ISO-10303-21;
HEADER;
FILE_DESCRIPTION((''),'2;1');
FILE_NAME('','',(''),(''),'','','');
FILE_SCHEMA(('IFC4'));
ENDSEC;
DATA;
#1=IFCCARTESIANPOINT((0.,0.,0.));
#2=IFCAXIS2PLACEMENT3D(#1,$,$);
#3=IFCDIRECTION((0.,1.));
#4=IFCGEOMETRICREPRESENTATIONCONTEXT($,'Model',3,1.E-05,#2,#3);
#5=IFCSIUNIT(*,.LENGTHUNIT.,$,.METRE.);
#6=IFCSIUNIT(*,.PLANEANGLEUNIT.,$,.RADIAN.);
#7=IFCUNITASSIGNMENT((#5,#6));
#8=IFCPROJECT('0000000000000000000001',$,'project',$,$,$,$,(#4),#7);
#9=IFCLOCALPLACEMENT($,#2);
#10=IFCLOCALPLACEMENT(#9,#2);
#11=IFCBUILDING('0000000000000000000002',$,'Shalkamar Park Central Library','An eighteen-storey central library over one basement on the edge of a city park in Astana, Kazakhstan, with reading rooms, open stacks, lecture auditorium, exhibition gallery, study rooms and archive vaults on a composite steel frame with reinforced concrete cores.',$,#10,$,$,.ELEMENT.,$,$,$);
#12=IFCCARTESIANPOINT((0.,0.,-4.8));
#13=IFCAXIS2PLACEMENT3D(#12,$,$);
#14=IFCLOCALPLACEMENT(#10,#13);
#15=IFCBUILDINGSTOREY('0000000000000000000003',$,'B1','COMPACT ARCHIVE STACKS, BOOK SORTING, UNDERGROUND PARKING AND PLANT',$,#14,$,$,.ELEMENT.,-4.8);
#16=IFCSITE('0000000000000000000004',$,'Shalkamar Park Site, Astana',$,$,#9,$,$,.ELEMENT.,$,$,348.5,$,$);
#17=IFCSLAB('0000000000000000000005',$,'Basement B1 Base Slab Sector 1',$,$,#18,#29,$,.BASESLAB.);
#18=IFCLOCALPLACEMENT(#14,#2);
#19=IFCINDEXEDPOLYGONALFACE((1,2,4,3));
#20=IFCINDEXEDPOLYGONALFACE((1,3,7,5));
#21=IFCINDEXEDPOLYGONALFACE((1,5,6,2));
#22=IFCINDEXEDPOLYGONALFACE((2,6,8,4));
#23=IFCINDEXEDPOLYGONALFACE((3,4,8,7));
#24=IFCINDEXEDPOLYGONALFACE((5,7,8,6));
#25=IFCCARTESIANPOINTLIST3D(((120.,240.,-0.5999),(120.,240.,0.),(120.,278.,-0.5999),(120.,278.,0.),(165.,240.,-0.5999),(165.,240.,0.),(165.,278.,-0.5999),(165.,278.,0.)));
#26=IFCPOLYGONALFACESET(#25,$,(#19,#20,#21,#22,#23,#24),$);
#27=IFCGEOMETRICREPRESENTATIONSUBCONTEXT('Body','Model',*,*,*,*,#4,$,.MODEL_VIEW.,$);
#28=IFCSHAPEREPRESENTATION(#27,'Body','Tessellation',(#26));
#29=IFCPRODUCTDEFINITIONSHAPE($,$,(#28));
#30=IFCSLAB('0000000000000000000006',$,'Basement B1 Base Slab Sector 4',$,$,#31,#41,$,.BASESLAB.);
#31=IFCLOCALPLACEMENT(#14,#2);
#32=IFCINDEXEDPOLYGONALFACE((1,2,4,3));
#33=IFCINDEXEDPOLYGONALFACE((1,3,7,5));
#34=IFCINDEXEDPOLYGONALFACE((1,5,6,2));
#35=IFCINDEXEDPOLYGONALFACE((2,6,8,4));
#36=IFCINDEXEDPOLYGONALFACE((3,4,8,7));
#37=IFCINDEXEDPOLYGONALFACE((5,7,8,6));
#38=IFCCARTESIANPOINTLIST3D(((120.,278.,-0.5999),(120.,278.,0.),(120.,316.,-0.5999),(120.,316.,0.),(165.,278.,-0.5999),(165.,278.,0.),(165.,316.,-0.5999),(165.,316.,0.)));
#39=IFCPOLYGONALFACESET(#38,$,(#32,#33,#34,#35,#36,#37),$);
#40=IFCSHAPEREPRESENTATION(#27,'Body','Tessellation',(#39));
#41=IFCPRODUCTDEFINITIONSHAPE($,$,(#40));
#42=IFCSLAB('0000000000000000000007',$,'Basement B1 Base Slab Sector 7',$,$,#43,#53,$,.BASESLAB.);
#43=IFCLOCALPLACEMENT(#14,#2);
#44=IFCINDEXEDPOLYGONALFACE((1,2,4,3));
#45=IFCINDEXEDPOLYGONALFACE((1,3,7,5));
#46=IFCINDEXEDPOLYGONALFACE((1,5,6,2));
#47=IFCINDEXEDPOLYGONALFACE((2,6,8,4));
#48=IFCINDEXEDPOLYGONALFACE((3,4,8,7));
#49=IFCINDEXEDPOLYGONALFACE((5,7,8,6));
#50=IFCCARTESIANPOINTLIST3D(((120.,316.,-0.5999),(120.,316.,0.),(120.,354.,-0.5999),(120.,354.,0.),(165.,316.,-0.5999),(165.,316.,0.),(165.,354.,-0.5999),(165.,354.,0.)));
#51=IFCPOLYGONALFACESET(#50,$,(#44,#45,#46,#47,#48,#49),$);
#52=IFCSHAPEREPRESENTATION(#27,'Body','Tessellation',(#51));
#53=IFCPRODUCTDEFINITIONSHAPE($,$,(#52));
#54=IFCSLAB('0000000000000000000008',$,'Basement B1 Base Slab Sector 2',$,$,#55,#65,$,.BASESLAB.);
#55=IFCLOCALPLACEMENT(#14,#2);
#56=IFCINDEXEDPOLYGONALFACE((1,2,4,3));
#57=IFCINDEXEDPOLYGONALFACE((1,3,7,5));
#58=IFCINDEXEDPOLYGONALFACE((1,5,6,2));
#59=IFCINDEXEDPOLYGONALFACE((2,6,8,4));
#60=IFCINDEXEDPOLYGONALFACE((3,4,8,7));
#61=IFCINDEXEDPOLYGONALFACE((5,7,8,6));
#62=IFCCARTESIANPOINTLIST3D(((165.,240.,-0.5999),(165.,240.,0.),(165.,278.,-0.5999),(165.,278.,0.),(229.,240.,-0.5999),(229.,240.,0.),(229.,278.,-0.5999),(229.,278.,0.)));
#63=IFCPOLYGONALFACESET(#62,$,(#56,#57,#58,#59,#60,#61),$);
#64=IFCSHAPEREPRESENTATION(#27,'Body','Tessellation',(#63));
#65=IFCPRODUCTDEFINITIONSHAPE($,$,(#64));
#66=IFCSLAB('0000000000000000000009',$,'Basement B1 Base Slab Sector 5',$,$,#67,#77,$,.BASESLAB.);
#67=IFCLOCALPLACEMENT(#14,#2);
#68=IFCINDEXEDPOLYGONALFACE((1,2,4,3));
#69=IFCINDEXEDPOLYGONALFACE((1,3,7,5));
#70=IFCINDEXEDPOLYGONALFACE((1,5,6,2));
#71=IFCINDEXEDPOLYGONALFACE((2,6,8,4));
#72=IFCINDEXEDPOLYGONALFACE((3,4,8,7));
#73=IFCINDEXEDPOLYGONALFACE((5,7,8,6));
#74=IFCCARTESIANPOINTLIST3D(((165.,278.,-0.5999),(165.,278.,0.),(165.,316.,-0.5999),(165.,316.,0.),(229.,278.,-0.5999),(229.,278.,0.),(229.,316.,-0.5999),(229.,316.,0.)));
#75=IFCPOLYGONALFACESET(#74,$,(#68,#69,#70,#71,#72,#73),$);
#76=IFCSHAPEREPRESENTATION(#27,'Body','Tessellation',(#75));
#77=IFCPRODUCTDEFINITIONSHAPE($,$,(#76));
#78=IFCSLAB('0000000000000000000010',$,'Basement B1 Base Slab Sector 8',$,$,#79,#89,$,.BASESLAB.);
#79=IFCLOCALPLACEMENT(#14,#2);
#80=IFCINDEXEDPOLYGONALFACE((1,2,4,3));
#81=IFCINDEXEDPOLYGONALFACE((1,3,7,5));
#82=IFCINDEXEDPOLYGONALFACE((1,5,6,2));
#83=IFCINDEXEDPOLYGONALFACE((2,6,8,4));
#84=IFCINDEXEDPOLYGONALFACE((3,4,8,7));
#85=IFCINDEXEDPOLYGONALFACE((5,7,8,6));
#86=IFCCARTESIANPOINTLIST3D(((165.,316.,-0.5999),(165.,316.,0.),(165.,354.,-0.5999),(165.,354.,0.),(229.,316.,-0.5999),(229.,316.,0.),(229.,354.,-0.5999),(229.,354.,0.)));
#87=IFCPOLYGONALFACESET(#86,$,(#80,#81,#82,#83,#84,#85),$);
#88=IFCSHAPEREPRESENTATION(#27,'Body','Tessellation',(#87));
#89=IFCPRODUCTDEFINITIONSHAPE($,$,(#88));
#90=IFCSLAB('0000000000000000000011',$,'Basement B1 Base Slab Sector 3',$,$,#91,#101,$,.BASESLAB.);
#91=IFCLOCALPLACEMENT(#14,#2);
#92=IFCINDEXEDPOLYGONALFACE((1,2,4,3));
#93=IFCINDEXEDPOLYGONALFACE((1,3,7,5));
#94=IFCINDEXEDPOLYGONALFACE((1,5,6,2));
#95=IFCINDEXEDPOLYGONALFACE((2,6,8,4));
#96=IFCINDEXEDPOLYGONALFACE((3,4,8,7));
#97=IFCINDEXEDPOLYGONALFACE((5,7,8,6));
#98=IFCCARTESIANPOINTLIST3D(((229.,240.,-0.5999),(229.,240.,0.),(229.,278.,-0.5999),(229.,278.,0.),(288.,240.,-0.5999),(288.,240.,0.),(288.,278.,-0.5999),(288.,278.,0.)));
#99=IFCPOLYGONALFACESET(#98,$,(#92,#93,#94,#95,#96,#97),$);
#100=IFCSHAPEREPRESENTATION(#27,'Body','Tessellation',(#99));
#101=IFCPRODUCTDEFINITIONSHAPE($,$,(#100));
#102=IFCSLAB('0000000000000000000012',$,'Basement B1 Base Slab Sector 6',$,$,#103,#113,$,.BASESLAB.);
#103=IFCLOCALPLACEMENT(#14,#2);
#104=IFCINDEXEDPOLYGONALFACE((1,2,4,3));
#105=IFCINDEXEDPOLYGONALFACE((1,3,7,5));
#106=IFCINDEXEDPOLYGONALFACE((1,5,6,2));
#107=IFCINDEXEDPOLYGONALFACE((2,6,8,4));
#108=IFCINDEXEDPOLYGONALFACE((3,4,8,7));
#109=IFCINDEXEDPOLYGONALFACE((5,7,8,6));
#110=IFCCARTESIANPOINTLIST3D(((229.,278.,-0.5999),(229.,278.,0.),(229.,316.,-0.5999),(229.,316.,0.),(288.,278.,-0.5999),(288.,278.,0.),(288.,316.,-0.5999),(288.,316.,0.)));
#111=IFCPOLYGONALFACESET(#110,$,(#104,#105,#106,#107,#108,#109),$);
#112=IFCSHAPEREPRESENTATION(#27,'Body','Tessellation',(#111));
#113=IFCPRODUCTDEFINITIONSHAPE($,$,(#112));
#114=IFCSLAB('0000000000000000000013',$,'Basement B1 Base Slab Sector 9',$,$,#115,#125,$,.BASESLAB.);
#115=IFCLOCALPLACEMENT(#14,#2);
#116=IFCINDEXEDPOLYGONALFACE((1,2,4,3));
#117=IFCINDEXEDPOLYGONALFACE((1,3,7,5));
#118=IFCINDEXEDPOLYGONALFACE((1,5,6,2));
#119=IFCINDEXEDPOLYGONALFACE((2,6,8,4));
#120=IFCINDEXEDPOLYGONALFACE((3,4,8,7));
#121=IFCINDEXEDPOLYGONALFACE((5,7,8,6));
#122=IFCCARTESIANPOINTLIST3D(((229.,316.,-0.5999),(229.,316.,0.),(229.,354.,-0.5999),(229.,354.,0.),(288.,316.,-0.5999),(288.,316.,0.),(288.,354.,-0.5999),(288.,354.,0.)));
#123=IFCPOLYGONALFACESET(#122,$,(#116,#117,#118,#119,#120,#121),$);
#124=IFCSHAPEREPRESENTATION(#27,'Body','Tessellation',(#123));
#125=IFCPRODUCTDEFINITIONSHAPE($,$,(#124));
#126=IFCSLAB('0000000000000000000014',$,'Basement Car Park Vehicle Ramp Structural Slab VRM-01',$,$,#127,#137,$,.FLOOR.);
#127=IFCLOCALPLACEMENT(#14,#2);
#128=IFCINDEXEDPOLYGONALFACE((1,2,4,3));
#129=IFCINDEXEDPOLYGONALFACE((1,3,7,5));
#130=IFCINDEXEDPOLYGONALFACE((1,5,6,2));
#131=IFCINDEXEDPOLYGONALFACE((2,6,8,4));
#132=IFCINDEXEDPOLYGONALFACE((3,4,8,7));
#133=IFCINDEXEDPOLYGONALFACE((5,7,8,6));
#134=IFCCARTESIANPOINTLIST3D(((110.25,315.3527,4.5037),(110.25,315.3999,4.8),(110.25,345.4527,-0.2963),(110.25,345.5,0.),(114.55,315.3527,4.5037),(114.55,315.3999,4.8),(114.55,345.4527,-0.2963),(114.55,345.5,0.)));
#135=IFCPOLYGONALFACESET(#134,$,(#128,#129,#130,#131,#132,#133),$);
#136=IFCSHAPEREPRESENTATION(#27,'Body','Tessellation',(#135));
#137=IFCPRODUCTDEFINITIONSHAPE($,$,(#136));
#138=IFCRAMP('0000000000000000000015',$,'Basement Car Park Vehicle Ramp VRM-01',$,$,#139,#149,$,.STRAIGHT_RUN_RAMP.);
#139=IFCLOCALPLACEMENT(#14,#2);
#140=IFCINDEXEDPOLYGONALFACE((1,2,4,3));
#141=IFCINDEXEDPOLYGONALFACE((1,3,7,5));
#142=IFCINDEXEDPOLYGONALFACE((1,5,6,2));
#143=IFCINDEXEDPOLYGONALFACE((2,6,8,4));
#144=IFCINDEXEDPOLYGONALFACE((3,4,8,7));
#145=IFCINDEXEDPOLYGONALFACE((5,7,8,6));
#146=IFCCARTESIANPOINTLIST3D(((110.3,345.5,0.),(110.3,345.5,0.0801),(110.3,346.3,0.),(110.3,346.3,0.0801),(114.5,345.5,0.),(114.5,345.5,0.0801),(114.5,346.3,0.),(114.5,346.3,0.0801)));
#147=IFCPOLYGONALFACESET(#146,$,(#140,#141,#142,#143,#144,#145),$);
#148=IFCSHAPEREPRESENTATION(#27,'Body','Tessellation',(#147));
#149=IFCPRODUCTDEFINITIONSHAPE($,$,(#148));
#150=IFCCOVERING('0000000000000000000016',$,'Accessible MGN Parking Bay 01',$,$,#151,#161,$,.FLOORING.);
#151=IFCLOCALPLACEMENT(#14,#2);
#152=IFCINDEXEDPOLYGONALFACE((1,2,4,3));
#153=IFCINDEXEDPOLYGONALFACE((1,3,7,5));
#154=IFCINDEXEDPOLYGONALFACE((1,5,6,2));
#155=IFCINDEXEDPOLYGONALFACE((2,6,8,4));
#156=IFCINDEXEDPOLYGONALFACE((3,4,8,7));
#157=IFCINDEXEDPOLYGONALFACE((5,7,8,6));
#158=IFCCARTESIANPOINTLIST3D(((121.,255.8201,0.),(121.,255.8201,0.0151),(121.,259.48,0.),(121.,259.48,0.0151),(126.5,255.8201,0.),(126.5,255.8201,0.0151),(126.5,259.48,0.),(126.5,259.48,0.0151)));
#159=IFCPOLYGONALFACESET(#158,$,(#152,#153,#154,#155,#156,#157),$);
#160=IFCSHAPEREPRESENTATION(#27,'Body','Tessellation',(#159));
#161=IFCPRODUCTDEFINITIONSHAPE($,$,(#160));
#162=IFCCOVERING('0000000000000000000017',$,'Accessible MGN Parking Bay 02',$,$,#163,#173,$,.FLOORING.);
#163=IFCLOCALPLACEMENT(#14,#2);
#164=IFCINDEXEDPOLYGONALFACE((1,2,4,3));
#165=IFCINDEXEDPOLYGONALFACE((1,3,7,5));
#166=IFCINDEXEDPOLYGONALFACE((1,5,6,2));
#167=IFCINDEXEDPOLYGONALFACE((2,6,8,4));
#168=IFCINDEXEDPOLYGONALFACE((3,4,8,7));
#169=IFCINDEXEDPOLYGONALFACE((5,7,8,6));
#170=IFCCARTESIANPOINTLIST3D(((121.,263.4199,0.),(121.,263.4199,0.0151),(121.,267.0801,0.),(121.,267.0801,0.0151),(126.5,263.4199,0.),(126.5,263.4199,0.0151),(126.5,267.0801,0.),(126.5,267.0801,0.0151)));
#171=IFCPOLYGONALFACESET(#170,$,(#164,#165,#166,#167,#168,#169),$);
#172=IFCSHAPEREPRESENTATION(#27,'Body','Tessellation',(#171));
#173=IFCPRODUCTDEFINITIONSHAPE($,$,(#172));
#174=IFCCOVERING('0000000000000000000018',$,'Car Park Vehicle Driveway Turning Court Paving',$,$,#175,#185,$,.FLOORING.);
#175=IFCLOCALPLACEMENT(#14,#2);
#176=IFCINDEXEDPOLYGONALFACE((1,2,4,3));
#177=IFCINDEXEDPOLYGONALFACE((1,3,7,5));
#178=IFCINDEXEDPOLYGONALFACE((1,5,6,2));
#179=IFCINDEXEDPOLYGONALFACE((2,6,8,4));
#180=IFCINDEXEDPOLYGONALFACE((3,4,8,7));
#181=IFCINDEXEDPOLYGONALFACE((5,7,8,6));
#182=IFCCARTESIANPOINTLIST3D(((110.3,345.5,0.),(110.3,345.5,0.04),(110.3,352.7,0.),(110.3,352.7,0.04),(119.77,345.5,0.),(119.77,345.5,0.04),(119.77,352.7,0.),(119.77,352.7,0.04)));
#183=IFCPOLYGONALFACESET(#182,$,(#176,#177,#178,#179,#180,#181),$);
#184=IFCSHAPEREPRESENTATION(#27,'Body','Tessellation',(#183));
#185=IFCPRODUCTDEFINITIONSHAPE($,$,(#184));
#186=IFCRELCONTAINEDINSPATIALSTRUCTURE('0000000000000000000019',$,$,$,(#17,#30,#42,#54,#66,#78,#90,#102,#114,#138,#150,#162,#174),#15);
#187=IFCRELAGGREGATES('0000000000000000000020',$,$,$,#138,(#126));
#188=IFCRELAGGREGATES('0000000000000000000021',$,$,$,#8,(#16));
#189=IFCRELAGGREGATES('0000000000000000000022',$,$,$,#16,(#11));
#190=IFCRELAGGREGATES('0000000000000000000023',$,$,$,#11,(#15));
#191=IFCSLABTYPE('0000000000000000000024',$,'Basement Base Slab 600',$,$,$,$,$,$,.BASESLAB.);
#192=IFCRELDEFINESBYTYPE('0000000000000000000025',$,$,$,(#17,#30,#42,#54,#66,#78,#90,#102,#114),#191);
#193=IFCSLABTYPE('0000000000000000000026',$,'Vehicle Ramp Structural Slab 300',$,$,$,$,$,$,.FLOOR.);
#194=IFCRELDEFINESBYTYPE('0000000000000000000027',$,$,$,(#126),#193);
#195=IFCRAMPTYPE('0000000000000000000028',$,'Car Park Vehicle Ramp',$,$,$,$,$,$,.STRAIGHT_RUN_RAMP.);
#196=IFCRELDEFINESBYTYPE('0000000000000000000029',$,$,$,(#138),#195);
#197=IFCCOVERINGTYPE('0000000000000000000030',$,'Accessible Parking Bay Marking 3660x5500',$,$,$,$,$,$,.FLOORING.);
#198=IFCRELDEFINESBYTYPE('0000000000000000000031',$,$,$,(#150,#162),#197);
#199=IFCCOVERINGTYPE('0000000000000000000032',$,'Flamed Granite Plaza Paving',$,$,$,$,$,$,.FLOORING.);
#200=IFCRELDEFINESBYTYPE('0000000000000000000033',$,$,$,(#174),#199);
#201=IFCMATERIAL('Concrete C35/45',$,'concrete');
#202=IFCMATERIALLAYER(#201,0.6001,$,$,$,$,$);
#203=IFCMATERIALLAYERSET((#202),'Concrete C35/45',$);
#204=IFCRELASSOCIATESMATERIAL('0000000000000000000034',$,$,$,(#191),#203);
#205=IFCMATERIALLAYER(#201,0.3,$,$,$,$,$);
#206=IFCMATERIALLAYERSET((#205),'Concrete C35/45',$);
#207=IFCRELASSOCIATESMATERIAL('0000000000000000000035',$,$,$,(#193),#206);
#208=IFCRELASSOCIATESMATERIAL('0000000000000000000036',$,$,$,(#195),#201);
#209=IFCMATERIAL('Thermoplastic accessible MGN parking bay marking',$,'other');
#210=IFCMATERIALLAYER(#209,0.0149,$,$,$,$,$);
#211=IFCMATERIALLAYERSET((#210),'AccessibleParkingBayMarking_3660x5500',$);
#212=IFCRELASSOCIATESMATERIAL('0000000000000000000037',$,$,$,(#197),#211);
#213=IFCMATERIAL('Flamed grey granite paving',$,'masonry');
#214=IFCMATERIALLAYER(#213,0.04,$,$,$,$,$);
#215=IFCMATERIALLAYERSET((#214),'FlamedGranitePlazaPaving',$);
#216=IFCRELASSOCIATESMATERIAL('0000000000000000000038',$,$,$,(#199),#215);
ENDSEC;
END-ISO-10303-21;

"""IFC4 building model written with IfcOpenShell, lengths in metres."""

from ifc_helpers import new_model, si_unit, direction, frame, origin, place, context, subcontext, project, spatial, polyline, outline, extrude, material, layer, layer_set, type_object, element, aggregate, save


model = new_model("IFC4")

# Units and contexts
model_context = context("Model", 3, precision=1e-05, world=origin(), true_north=direction((0.0, 1.0)))
body_context = subcontext(model_context, "Body", "Model", "MODEL_VIEW")
ifc_project = project(units=[si_unit("LENGTHUNIT", "METRE"), si_unit("PLANEANGLEUNIT", "RADIAN")], contexts=[model_context])

# Site, building, storey
site_placement = place(None, origin())
site = spatial("IfcSite", under=ifc_project, at=site_placement, Name="Shalkamar Park Site, Astana", CompositionType="ELEMENT", RefElevation=348.5)
building_placement = place(site_placement, origin())
building = spatial("IfcBuilding", under=site, at=building_placement, Name="Shalkamar Park Central Library", Description="An eighteen-storey central library over one basement on the edge of a city park in Astana, Kazakhstan, with reading rooms, open stacks, lecture auditorium, exhibition gallery, study rooms and archive vaults on a composite steel frame with reinforced concrete cores.", CompositionType="ELEMENT")
storey_placement = place(building_placement, frame((0.0, 0.0, -4.8)))
storey = spatial("IfcBuildingStorey", under=building, at=storey_placement, Name="B1", Description="COMPACT ARCHIVE STACKS, BOOK SORTING, UNDERGROUND PARKING AND PLANT", CompositionType="ELEMENT", Elevation=-4.8)

# Slabs
ifc_material_1 = material(Name="Concrete C35/45", Category="concrete")
ifc_layer_1 = layer(ifc_material_1, 0.6001)
ifc_layer_set_1 = layer_set([ifc_layer_1], Name="Concrete C35/45")
slab_type_1 = type_object("IfcSlabType", Name="Basement Base Slab 600", PredefinedType="BASESLAB", material=ifc_layer_set_1)
slab_1_placement = place(storey_placement, frame((0.0, 0.0, -0.5999)))
element("IfcSlab", 1, at=slab_1_placement, inside=storey, type_object=slab_type_1, Name="Basement B1 Base Slab Sector 1", PredefinedType="BASESLAB", context=body_context, shape_type="SweptSolid", body=[
    extrude(outline(polyline([(120.0, 240.0), (165.0, 240.0), (165.0, 278.0), (120.0, 278.0), (120.0, 240.0)])), origin(), (0.0, 0.0, 1.0), 0.5999),
])
slab_2_placement = place(storey_placement, frame((0.0, 0.0, -0.5999)))
element("IfcSlab", 2, at=slab_2_placement, inside=storey, type_object=slab_type_1, Name="Basement B1 Base Slab Sector 4", PredefinedType="BASESLAB", context=body_context, shape_type="SweptSolid", body=[
    extrude(outline(polyline([(120.0, 278.0), (165.0, 278.0), (165.0, 316.0), (120.0, 316.0), (120.0, 278.0)])), origin(), (0.0, 0.0, 1.0), 0.5999),
])
slab_3_placement = place(storey_placement, frame((0.0, 0.0, -0.5999)))
element("IfcSlab", 3, at=slab_3_placement, inside=storey, type_object=slab_type_1, Name="Basement B1 Base Slab Sector 7", PredefinedType="BASESLAB", context=body_context, shape_type="SweptSolid", body=[
    extrude(outline(polyline([(120.0, 316.0), (165.0, 316.0), (165.0, 354.0), (120.0, 354.0), (120.0, 316.0)])), origin(), (0.0, 0.0, 1.0), 0.5999),
])
slab_4_placement = place(storey_placement, frame((0.0, 0.0, -0.5999)))
element("IfcSlab", 4, at=slab_4_placement, inside=storey, type_object=slab_type_1, Name="Basement B1 Base Slab Sector 2", PredefinedType="BASESLAB", context=body_context, shape_type="SweptSolid", body=[
    extrude(outline(polyline([(165.0, 240.0), (229.0, 240.0), (229.0, 278.0), (165.0, 278.0), (165.0, 240.0)])), origin(), (0.0, 0.0, 1.0), 0.5999),
])
slab_5_placement = place(storey_placement, frame((0.0, 0.0, -0.5999)))
element("IfcSlab", 5, at=slab_5_placement, inside=storey, type_object=slab_type_1, Name="Basement B1 Base Slab Sector 5", PredefinedType="BASESLAB", context=body_context, shape_type="SweptSolid", body=[
    extrude(outline(polyline([(165.0, 278.0), (229.0, 278.0), (229.0, 316.0), (165.0, 316.0), (165.0, 278.0)])), origin(), (0.0, 0.0, 1.0), 0.5999),
])
slab_6_placement = place(storey_placement, frame((0.0, 0.0, -0.5999)))
element("IfcSlab", 6, at=slab_6_placement, inside=storey, type_object=slab_type_1, Name="Basement B1 Base Slab Sector 8", PredefinedType="BASESLAB", context=body_context, shape_type="SweptSolid", body=[
    extrude(outline(polyline([(165.0, 316.0), (229.0, 316.0), (229.0, 354.0), (165.0, 354.0), (165.0, 316.0)])), origin(), (0.0, 0.0, 1.0), 0.5999),
])
slab_7_placement = place(storey_placement, frame((0.0, 0.0, -0.5999)))
element("IfcSlab", 7, at=slab_7_placement, inside=storey, type_object=slab_type_1, Name="Basement B1 Base Slab Sector 3", PredefinedType="BASESLAB", context=body_context, shape_type="SweptSolid", body=[
    extrude(outline(polyline([(229.0, 240.0), (288.0, 240.0), (288.0, 278.0), (229.0, 278.0), (229.0, 240.0)])), origin(), (0.0, 0.0, 1.0), 0.5999),
])
slab_8_placement = place(storey_placement, frame((0.0, 0.0, -0.5999)))
element("IfcSlab", 8, at=slab_8_placement, inside=storey, type_object=slab_type_1, Name="Basement B1 Base Slab Sector 6", PredefinedType="BASESLAB", context=body_context, shape_type="SweptSolid", body=[
    extrude(outline(polyline([(229.0, 278.0), (288.0, 278.0), (288.0, 316.0), (229.0, 316.0), (229.0, 278.0)])), origin(), (0.0, 0.0, 1.0), 0.5999),
])
slab_9_placement = place(storey_placement, frame((0.0, 0.0, -0.5999)))
element("IfcSlab", 9, at=slab_9_placement, inside=storey, type_object=slab_type_1, Name="Basement B1 Base Slab Sector 9", PredefinedType="BASESLAB", context=body_context, shape_type="SweptSolid", body=[
    extrude(outline(polyline([(229.0, 316.0), (288.0, 316.0), (288.0, 354.0), (229.0, 354.0), (229.0, 316.0)])), origin(), (0.0, 0.0, 1.0), 0.5999),
])

# Slab
ifc_layer_2 = layer(ifc_material_1, 0.3)
ifc_layer_set_2 = layer_set([ifc_layer_2], Name="Concrete C35/45")
slab_type_2 = type_object("IfcSlabType", Name="Vehicle Ramp Structural Slab 300", PredefinedType="FLOOR", material=ifc_layer_set_2)
slab_10_placement = place(storey_placement, frame((110.25, 345.5, 0.0), z_axis=(0.0, 0.15748, 0.987522), x_axis=(1.0, 0.0, 0.0)))
slab_10 = element("IfcSlab", 10, at=slab_10_placement, type_object=slab_type_2, Name="Basement Car Park Vehicle Ramp Structural Slab VRM-01", PredefinedType="FLOOR", context=body_context, shape_type="SweptSolid", body=[
    extrude(outline(polyline([(0.0, 0.0), (4.3, 0.0), (4.3, -30.4804), (0.0, -30.4804), (0.0, 0.0)])), origin(), (0.0, 0.0, -1.0), 0.3),
])

# Ramp
ramp_type = type_object("IfcRampType", Name="Car Park Vehicle Ramp", PredefinedType="STRAIGHT_RUN_RAMP", material=ifc_material_1)
ramp_placement = place(storey_placement, origin())
ramp = element("IfcRamp", 11, at=ramp_placement, inside=storey, type_object=ramp_type, Name="Basement Car Park Vehicle Ramp VRM-01", PredefinedType="STRAIGHT_RUN_RAMP", context=body_context, shape_type="SweptSolid", body=[
    extrude(outline(polyline([(110.3, 345.5), (114.5, 345.5), (114.5, 346.3), (110.3, 346.3), (110.3, 345.5)])), origin(), (0.0, 0.0, 1.0), 0.0801),
])
aggregate(ramp, [slab_10])

# Coverings
ifc_material_2 = material(Name="Thermoplastic accessible MGN parking bay marking", Category="other")
ifc_layer_3 = layer(ifc_material_2, 0.0149)
ifc_layer_set_3 = layer_set([ifc_layer_3], Name="AccessibleParkingBayMarking_3660x5500")
covering_type_1 = type_object("IfcCoveringType", Name="Accessible Parking Bay Marking 3660x5500", PredefinedType="FLOORING", material=ifc_layer_set_3)
covering_1_placement = place(storey_placement, origin())
element("IfcCovering", 12, at=covering_1_placement, inside=storey, type_object=covering_type_1, Name="Accessible MGN Parking Bay 01", PredefinedType="FLOORING", context=body_context, shape_type="SweptSolid", body=[
    extrude(outline(polyline([(121.0, 255.8201), (126.5, 255.8201), (126.5, 259.48), (121.0, 259.48), (121.0, 255.8201)])), origin(), (0.0, 0.0, 1.0), 0.0151),
])
covering_2_placement = place(storey_placement, origin())
element("IfcCovering", 13, at=covering_2_placement, inside=storey, type_object=covering_type_1, Name="Accessible MGN Parking Bay 02", PredefinedType="FLOORING", context=body_context, shape_type="SweptSolid", body=[
    extrude(outline(polyline([(121.0, 263.4199), (126.5, 263.4199), (126.5, 267.0801), (121.0, 267.0801), (121.0, 263.4199)])), origin(), (0.0, 0.0, 1.0), 0.0151),
])
ifc_material_3 = material(Name="Flamed grey granite paving", Category="masonry")
ifc_layer_4 = layer(ifc_material_3, 0.04)
ifc_layer_set_4 = layer_set([ifc_layer_4], Name="FlamedGranitePlazaPaving")
covering_type_2 = type_object("IfcCoveringType", Name="Flamed Granite Plaza Paving", PredefinedType="FLOORING", material=ifc_layer_set_4)
covering_3_placement = place(storey_placement, origin())
element("IfcCovering", 14, at=covering_3_placement, inside=storey, type_object=covering_type_2, Name="Car Park Vehicle Driveway Turning Court Paving", PredefinedType="FLOORING", context=body_context, shape_type="SweptSolid", body=[
    extrude(outline(polyline([(110.3, 345.5), (119.77, 345.5), (119.77, 352.7), (110.3, 352.7), (110.3, 345.5)])), origin(), (0.0, 0.0, 1.0), 0.04),
])

save(model, "model.ifc")
